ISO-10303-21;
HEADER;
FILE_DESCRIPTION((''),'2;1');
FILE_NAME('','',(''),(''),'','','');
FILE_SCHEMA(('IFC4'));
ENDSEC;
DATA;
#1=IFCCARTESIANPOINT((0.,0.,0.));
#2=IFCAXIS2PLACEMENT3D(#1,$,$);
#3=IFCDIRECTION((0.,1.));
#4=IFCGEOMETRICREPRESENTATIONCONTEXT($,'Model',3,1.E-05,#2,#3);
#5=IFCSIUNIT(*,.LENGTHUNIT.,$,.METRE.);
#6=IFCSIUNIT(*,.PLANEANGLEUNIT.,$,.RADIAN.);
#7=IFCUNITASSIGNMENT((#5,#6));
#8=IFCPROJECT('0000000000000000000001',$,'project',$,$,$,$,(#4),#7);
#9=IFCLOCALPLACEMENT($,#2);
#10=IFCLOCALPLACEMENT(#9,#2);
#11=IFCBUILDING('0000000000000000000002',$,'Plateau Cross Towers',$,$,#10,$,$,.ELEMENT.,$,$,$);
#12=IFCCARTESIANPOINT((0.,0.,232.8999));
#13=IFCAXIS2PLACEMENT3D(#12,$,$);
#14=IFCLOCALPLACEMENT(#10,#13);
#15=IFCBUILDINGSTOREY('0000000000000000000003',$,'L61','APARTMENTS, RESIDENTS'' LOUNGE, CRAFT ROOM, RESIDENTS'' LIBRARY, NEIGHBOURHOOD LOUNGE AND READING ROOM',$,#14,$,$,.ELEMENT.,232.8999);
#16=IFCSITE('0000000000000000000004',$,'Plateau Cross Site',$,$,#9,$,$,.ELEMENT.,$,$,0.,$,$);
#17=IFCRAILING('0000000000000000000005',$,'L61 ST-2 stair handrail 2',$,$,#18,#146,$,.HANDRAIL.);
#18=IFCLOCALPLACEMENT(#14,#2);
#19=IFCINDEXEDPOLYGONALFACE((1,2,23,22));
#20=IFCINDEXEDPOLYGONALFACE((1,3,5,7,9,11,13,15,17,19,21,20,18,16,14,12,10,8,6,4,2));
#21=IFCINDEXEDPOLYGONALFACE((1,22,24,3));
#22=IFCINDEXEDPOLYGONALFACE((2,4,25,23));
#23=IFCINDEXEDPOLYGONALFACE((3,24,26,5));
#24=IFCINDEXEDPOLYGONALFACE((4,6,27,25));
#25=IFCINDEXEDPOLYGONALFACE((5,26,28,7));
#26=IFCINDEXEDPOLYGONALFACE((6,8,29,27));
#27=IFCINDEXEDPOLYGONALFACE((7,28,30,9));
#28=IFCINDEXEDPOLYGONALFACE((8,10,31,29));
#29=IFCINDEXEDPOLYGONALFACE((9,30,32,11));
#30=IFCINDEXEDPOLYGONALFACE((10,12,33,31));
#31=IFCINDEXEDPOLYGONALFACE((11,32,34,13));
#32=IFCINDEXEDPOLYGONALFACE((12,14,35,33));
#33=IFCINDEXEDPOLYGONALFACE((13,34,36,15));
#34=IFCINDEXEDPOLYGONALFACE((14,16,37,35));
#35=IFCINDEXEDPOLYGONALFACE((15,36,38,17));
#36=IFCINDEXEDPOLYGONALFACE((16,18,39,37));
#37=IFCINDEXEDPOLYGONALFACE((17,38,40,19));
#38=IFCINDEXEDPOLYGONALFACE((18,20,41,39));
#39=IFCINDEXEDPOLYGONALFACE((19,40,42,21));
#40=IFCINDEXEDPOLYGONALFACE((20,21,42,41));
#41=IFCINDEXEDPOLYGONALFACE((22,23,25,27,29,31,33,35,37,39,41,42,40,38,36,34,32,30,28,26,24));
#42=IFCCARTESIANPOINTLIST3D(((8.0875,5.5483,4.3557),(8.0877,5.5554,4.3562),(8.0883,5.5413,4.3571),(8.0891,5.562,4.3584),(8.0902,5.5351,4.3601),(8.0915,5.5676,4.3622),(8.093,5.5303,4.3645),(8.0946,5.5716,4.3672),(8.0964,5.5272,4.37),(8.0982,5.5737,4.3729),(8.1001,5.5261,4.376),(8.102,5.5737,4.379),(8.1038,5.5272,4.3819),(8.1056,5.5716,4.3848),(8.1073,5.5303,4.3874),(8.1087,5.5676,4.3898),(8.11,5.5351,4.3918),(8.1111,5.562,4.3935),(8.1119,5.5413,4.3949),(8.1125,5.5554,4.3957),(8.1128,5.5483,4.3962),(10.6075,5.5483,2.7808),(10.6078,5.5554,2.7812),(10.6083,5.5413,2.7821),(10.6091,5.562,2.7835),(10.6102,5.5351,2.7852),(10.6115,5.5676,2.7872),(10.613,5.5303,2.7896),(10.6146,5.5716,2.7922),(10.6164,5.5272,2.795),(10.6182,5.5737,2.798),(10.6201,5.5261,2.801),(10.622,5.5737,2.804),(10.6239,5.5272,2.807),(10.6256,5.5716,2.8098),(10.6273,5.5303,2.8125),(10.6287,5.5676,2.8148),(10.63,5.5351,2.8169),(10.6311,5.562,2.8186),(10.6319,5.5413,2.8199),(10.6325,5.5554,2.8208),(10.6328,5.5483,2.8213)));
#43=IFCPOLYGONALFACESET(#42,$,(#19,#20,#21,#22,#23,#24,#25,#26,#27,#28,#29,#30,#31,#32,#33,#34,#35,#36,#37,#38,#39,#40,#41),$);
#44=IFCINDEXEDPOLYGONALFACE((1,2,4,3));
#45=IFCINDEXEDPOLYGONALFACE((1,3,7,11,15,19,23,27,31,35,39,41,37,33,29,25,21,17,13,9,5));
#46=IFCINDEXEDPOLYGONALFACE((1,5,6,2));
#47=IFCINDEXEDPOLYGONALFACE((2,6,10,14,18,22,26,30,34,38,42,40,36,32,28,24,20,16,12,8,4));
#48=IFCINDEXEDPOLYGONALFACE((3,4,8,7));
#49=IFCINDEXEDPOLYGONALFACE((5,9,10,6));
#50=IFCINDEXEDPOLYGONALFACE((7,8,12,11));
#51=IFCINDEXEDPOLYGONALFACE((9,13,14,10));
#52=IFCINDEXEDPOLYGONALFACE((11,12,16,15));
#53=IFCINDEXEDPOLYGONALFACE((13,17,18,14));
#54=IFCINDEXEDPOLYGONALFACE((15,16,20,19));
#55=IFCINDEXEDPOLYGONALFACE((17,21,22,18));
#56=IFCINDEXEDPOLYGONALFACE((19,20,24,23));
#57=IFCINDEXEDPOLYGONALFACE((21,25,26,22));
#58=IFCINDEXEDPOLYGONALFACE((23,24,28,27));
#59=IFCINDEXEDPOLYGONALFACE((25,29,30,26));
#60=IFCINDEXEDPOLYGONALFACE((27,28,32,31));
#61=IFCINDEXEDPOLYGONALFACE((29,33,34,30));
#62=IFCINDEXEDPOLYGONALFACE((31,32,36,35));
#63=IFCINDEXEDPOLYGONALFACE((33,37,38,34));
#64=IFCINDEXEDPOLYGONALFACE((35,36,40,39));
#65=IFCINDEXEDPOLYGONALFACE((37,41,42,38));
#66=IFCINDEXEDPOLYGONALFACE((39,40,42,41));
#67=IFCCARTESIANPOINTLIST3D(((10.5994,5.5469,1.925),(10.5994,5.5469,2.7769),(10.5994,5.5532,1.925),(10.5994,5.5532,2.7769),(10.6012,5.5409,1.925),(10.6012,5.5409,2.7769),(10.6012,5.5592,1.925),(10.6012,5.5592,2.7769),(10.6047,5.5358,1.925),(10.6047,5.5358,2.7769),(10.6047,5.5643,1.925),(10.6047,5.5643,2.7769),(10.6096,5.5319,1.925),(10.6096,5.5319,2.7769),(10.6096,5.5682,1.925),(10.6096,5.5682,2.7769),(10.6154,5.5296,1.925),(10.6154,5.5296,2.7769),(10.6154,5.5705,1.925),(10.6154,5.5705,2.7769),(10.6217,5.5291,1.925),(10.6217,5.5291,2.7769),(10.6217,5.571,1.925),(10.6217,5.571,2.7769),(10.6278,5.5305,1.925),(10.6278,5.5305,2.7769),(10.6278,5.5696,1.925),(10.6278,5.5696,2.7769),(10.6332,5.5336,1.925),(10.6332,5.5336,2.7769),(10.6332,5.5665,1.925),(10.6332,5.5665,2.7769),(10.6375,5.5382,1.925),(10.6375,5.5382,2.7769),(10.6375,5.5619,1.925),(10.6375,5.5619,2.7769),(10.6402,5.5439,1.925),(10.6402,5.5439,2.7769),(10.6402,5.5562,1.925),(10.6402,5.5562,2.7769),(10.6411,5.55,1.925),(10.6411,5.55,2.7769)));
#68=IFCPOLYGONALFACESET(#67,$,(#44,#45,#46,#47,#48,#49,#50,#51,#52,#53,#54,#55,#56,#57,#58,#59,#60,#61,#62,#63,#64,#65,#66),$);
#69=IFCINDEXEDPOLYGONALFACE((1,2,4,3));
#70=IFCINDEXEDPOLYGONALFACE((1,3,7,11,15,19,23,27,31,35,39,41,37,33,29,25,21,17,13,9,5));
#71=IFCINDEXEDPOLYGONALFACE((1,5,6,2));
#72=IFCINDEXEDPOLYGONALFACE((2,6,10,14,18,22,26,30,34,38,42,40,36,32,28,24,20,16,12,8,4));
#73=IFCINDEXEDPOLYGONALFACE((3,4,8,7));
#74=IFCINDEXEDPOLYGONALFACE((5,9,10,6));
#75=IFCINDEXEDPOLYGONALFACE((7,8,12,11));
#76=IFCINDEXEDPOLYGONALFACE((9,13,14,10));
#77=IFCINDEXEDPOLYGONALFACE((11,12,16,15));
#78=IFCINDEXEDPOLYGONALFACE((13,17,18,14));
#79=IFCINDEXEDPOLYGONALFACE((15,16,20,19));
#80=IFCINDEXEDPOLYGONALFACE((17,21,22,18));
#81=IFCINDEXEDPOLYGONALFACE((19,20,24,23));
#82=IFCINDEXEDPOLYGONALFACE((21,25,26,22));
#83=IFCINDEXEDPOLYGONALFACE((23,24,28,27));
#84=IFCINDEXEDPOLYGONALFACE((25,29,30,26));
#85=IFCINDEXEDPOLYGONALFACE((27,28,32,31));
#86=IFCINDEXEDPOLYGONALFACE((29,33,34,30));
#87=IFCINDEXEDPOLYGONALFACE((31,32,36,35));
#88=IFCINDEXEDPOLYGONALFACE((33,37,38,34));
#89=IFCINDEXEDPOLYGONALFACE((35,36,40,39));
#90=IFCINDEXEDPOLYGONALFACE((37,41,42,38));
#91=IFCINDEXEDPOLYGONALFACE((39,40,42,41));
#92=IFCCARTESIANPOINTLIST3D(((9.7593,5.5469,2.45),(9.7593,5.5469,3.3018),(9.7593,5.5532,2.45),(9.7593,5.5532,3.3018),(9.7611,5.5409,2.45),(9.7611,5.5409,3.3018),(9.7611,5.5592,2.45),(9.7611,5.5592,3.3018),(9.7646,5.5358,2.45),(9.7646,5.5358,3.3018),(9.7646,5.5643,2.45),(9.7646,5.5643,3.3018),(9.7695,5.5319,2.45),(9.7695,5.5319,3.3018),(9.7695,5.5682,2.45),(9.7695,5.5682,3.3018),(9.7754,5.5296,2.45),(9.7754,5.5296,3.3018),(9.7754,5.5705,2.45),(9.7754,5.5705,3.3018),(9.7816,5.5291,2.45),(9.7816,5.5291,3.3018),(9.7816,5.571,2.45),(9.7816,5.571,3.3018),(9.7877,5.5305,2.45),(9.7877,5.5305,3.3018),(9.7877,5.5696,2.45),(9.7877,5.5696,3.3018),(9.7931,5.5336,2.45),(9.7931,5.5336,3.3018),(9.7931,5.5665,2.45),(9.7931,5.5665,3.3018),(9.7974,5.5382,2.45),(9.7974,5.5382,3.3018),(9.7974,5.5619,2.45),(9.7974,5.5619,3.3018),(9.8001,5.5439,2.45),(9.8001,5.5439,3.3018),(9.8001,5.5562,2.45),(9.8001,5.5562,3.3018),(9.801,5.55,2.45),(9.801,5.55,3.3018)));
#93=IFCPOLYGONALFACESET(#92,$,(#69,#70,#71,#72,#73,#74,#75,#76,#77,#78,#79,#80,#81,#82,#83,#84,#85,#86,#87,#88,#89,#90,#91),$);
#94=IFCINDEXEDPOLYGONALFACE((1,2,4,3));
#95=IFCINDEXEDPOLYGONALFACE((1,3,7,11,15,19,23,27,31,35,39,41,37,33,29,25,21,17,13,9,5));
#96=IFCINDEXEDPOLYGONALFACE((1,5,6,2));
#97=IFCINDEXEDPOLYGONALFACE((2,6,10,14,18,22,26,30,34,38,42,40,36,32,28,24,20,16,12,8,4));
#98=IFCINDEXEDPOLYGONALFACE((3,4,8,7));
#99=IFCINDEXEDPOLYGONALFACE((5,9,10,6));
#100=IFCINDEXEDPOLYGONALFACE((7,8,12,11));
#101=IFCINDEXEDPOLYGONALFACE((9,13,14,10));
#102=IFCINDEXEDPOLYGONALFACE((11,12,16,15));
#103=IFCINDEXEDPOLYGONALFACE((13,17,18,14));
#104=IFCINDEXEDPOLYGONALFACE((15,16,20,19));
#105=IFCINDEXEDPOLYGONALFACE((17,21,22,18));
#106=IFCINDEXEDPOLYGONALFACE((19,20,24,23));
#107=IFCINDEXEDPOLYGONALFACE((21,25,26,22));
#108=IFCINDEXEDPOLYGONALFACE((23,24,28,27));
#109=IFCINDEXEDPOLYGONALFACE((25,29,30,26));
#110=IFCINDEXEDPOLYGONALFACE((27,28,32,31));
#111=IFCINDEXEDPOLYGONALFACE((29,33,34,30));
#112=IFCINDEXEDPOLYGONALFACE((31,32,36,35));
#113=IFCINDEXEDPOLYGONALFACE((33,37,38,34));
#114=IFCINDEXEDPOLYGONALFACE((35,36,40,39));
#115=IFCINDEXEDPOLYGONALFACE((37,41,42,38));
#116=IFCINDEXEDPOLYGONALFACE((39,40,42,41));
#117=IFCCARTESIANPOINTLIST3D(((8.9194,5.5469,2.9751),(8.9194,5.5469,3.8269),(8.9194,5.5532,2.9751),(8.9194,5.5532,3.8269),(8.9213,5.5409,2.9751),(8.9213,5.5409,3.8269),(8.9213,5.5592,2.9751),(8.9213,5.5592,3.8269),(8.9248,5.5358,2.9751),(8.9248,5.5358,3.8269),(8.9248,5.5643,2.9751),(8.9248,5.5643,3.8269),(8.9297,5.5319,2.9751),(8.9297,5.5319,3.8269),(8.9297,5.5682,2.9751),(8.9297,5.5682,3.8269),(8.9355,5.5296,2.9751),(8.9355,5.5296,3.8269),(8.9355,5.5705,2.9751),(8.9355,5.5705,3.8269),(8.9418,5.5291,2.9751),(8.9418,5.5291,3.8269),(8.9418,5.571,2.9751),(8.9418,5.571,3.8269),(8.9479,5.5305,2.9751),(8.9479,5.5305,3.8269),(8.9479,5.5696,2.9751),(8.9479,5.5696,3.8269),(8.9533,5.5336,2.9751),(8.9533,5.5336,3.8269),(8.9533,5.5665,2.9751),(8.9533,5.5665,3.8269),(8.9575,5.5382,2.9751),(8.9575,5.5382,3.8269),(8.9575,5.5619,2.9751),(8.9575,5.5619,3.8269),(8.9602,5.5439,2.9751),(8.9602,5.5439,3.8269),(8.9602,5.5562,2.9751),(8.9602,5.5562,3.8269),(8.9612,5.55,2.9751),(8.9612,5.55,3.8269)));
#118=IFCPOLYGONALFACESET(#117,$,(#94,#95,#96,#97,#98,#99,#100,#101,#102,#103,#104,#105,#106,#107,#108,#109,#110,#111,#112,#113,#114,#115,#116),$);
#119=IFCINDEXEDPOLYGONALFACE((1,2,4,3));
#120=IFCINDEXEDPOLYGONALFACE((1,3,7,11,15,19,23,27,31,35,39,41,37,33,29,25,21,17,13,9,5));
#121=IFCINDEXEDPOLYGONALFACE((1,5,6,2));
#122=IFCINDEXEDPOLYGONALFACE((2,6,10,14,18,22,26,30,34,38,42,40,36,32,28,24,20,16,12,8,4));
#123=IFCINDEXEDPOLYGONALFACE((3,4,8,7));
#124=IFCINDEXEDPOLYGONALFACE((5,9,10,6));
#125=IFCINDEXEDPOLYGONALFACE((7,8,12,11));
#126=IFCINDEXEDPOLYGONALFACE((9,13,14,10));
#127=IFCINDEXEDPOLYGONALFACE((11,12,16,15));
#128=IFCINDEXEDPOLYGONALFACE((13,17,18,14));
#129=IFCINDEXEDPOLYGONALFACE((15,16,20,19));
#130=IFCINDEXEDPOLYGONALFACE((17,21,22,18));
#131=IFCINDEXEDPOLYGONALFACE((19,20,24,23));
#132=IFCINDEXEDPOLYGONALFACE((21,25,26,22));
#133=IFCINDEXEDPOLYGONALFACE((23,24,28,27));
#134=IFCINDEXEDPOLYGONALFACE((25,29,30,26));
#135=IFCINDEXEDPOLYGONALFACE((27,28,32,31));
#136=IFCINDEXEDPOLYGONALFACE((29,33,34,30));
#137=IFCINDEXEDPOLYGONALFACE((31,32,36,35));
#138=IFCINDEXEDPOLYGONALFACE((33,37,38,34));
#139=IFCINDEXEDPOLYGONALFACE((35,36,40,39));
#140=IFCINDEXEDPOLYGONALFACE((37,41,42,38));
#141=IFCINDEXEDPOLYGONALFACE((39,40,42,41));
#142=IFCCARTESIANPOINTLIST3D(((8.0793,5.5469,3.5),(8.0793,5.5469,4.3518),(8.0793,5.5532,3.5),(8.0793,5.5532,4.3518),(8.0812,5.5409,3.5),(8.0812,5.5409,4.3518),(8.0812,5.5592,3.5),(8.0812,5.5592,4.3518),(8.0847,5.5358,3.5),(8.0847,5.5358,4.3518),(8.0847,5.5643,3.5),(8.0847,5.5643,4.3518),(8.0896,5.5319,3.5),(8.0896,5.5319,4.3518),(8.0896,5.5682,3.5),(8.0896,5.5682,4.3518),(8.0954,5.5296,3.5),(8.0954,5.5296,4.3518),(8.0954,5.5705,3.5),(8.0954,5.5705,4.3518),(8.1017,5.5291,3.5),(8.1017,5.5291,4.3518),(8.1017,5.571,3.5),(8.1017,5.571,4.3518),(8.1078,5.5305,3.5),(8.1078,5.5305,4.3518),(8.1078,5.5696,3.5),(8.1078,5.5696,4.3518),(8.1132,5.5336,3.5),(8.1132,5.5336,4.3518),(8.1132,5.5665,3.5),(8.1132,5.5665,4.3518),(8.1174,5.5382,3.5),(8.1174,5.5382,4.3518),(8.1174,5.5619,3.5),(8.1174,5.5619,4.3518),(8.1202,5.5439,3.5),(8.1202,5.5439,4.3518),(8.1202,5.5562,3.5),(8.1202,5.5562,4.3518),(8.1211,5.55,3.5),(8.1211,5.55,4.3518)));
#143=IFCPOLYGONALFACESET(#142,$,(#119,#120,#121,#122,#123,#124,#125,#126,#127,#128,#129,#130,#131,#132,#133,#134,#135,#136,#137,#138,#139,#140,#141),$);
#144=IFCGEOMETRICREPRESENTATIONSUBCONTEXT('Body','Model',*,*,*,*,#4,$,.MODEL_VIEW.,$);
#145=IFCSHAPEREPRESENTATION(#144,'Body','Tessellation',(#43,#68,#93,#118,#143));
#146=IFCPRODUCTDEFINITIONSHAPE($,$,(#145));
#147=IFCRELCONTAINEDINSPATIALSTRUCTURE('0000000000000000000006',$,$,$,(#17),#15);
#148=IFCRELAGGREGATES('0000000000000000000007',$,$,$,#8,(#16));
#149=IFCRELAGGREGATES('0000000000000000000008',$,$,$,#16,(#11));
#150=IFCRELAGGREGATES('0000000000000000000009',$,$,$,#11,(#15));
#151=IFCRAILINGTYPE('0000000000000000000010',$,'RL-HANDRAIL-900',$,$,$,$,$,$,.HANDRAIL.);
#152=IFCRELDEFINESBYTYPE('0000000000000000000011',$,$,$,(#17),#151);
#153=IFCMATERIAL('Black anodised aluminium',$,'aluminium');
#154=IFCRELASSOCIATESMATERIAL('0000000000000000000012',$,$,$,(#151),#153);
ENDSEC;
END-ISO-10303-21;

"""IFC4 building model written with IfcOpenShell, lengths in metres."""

from ifc_helpers import new_model, si_unit, direction, frame, origin, origin_2d, place, context, subcontext, project, spatial, circle, extrude, material, type_object, element, save


model = new_model("IFC4")

# Units and contexts
model_context = context("Model", 3, precision=1e-05, world=origin(), true_north=direction((0.0, 1.0)))
body_context = subcontext(model_context, "Body", "Model", "MODEL_VIEW")
ifc_project = project(units=[si_unit("LENGTHUNIT", "METRE"), si_unit("PLANEANGLEUNIT", "RADIAN")], contexts=[model_context])

# Site, building, storey
site_placement = place(None, origin())
site = spatial("IfcSite", under=ifc_project, at=site_placement, Name="Plateau Cross Site", CompositionType="ELEMENT", RefElevation=0.0)
building_placement = place(site_placement, origin())
building = spatial("IfcBuilding", under=site, at=building_placement, Name="Plateau Cross Towers", CompositionType="ELEMENT")
storey_placement = place(building_placement, frame((0.0, 0.0, 232.8999)))
storey = spatial("IfcBuildingStorey", under=building, at=storey_placement, Name="L61", Description="APARTMENTS, RESIDENTS' LOUNGE, CRAFT ROOM, RESIDENTS' LIBRARY, NEIGHBOURHOOD LOUNGE AND READING ROOM", CompositionType="ELEMENT", Elevation=232.8999)

# Shared definitions
ifc_material_1 = material(Name="Black anodised aluminium", Category="aluminium")

# Railing
railing_type_1 = type_object("IfcRailingType", Name="RL-HANDRAIL-900", PredefinedType="HANDRAIL", material=ifc_material_1)
railing_1_placement = place(storey_placement, frame((10.6201, 5.55, 1.925)))
element("IfcRailing", 1, at=railing_1_placement, inside=storey, type_object=railing_type_1, Name="L61 ST-2 stair handrail 2", PredefinedType="HANDRAIL", context=body_context, shape_type="SweptSolid", body=[
    extrude(circle(Radius=0.0239, at=origin_2d()), frame((0.0, 0.0, 0.876), z_axis=(-0.848008, 0.0, 0.529984), x_axis=(0.0, -1.0, 0.0)), (0.0, 0.0, 1.0), 2.9717),
    extrude(circle(Radius=0.021, at=origin_2d()), origin(), (0.0, 0.0, 1.0), 0.8518),
    extrude(circle(Radius=0.021, at=origin_2d()), frame((-0.8401, 0.0, 0.5249)), (0.0, 0.0, 1.0), 0.8518),
    extrude(circle(Radius=0.021, at=origin_2d()), frame((-1.6799, 0.0, 1.05)), (0.0, 0.0, 1.0), 0.8518),
    extrude(circle(Radius=0.021, at=origin_2d()), frame((-2.52, 0.0, 1.575)), (0.0, 0.0, 1.0), 0.8518),
])

save(model, "model.ifc")
